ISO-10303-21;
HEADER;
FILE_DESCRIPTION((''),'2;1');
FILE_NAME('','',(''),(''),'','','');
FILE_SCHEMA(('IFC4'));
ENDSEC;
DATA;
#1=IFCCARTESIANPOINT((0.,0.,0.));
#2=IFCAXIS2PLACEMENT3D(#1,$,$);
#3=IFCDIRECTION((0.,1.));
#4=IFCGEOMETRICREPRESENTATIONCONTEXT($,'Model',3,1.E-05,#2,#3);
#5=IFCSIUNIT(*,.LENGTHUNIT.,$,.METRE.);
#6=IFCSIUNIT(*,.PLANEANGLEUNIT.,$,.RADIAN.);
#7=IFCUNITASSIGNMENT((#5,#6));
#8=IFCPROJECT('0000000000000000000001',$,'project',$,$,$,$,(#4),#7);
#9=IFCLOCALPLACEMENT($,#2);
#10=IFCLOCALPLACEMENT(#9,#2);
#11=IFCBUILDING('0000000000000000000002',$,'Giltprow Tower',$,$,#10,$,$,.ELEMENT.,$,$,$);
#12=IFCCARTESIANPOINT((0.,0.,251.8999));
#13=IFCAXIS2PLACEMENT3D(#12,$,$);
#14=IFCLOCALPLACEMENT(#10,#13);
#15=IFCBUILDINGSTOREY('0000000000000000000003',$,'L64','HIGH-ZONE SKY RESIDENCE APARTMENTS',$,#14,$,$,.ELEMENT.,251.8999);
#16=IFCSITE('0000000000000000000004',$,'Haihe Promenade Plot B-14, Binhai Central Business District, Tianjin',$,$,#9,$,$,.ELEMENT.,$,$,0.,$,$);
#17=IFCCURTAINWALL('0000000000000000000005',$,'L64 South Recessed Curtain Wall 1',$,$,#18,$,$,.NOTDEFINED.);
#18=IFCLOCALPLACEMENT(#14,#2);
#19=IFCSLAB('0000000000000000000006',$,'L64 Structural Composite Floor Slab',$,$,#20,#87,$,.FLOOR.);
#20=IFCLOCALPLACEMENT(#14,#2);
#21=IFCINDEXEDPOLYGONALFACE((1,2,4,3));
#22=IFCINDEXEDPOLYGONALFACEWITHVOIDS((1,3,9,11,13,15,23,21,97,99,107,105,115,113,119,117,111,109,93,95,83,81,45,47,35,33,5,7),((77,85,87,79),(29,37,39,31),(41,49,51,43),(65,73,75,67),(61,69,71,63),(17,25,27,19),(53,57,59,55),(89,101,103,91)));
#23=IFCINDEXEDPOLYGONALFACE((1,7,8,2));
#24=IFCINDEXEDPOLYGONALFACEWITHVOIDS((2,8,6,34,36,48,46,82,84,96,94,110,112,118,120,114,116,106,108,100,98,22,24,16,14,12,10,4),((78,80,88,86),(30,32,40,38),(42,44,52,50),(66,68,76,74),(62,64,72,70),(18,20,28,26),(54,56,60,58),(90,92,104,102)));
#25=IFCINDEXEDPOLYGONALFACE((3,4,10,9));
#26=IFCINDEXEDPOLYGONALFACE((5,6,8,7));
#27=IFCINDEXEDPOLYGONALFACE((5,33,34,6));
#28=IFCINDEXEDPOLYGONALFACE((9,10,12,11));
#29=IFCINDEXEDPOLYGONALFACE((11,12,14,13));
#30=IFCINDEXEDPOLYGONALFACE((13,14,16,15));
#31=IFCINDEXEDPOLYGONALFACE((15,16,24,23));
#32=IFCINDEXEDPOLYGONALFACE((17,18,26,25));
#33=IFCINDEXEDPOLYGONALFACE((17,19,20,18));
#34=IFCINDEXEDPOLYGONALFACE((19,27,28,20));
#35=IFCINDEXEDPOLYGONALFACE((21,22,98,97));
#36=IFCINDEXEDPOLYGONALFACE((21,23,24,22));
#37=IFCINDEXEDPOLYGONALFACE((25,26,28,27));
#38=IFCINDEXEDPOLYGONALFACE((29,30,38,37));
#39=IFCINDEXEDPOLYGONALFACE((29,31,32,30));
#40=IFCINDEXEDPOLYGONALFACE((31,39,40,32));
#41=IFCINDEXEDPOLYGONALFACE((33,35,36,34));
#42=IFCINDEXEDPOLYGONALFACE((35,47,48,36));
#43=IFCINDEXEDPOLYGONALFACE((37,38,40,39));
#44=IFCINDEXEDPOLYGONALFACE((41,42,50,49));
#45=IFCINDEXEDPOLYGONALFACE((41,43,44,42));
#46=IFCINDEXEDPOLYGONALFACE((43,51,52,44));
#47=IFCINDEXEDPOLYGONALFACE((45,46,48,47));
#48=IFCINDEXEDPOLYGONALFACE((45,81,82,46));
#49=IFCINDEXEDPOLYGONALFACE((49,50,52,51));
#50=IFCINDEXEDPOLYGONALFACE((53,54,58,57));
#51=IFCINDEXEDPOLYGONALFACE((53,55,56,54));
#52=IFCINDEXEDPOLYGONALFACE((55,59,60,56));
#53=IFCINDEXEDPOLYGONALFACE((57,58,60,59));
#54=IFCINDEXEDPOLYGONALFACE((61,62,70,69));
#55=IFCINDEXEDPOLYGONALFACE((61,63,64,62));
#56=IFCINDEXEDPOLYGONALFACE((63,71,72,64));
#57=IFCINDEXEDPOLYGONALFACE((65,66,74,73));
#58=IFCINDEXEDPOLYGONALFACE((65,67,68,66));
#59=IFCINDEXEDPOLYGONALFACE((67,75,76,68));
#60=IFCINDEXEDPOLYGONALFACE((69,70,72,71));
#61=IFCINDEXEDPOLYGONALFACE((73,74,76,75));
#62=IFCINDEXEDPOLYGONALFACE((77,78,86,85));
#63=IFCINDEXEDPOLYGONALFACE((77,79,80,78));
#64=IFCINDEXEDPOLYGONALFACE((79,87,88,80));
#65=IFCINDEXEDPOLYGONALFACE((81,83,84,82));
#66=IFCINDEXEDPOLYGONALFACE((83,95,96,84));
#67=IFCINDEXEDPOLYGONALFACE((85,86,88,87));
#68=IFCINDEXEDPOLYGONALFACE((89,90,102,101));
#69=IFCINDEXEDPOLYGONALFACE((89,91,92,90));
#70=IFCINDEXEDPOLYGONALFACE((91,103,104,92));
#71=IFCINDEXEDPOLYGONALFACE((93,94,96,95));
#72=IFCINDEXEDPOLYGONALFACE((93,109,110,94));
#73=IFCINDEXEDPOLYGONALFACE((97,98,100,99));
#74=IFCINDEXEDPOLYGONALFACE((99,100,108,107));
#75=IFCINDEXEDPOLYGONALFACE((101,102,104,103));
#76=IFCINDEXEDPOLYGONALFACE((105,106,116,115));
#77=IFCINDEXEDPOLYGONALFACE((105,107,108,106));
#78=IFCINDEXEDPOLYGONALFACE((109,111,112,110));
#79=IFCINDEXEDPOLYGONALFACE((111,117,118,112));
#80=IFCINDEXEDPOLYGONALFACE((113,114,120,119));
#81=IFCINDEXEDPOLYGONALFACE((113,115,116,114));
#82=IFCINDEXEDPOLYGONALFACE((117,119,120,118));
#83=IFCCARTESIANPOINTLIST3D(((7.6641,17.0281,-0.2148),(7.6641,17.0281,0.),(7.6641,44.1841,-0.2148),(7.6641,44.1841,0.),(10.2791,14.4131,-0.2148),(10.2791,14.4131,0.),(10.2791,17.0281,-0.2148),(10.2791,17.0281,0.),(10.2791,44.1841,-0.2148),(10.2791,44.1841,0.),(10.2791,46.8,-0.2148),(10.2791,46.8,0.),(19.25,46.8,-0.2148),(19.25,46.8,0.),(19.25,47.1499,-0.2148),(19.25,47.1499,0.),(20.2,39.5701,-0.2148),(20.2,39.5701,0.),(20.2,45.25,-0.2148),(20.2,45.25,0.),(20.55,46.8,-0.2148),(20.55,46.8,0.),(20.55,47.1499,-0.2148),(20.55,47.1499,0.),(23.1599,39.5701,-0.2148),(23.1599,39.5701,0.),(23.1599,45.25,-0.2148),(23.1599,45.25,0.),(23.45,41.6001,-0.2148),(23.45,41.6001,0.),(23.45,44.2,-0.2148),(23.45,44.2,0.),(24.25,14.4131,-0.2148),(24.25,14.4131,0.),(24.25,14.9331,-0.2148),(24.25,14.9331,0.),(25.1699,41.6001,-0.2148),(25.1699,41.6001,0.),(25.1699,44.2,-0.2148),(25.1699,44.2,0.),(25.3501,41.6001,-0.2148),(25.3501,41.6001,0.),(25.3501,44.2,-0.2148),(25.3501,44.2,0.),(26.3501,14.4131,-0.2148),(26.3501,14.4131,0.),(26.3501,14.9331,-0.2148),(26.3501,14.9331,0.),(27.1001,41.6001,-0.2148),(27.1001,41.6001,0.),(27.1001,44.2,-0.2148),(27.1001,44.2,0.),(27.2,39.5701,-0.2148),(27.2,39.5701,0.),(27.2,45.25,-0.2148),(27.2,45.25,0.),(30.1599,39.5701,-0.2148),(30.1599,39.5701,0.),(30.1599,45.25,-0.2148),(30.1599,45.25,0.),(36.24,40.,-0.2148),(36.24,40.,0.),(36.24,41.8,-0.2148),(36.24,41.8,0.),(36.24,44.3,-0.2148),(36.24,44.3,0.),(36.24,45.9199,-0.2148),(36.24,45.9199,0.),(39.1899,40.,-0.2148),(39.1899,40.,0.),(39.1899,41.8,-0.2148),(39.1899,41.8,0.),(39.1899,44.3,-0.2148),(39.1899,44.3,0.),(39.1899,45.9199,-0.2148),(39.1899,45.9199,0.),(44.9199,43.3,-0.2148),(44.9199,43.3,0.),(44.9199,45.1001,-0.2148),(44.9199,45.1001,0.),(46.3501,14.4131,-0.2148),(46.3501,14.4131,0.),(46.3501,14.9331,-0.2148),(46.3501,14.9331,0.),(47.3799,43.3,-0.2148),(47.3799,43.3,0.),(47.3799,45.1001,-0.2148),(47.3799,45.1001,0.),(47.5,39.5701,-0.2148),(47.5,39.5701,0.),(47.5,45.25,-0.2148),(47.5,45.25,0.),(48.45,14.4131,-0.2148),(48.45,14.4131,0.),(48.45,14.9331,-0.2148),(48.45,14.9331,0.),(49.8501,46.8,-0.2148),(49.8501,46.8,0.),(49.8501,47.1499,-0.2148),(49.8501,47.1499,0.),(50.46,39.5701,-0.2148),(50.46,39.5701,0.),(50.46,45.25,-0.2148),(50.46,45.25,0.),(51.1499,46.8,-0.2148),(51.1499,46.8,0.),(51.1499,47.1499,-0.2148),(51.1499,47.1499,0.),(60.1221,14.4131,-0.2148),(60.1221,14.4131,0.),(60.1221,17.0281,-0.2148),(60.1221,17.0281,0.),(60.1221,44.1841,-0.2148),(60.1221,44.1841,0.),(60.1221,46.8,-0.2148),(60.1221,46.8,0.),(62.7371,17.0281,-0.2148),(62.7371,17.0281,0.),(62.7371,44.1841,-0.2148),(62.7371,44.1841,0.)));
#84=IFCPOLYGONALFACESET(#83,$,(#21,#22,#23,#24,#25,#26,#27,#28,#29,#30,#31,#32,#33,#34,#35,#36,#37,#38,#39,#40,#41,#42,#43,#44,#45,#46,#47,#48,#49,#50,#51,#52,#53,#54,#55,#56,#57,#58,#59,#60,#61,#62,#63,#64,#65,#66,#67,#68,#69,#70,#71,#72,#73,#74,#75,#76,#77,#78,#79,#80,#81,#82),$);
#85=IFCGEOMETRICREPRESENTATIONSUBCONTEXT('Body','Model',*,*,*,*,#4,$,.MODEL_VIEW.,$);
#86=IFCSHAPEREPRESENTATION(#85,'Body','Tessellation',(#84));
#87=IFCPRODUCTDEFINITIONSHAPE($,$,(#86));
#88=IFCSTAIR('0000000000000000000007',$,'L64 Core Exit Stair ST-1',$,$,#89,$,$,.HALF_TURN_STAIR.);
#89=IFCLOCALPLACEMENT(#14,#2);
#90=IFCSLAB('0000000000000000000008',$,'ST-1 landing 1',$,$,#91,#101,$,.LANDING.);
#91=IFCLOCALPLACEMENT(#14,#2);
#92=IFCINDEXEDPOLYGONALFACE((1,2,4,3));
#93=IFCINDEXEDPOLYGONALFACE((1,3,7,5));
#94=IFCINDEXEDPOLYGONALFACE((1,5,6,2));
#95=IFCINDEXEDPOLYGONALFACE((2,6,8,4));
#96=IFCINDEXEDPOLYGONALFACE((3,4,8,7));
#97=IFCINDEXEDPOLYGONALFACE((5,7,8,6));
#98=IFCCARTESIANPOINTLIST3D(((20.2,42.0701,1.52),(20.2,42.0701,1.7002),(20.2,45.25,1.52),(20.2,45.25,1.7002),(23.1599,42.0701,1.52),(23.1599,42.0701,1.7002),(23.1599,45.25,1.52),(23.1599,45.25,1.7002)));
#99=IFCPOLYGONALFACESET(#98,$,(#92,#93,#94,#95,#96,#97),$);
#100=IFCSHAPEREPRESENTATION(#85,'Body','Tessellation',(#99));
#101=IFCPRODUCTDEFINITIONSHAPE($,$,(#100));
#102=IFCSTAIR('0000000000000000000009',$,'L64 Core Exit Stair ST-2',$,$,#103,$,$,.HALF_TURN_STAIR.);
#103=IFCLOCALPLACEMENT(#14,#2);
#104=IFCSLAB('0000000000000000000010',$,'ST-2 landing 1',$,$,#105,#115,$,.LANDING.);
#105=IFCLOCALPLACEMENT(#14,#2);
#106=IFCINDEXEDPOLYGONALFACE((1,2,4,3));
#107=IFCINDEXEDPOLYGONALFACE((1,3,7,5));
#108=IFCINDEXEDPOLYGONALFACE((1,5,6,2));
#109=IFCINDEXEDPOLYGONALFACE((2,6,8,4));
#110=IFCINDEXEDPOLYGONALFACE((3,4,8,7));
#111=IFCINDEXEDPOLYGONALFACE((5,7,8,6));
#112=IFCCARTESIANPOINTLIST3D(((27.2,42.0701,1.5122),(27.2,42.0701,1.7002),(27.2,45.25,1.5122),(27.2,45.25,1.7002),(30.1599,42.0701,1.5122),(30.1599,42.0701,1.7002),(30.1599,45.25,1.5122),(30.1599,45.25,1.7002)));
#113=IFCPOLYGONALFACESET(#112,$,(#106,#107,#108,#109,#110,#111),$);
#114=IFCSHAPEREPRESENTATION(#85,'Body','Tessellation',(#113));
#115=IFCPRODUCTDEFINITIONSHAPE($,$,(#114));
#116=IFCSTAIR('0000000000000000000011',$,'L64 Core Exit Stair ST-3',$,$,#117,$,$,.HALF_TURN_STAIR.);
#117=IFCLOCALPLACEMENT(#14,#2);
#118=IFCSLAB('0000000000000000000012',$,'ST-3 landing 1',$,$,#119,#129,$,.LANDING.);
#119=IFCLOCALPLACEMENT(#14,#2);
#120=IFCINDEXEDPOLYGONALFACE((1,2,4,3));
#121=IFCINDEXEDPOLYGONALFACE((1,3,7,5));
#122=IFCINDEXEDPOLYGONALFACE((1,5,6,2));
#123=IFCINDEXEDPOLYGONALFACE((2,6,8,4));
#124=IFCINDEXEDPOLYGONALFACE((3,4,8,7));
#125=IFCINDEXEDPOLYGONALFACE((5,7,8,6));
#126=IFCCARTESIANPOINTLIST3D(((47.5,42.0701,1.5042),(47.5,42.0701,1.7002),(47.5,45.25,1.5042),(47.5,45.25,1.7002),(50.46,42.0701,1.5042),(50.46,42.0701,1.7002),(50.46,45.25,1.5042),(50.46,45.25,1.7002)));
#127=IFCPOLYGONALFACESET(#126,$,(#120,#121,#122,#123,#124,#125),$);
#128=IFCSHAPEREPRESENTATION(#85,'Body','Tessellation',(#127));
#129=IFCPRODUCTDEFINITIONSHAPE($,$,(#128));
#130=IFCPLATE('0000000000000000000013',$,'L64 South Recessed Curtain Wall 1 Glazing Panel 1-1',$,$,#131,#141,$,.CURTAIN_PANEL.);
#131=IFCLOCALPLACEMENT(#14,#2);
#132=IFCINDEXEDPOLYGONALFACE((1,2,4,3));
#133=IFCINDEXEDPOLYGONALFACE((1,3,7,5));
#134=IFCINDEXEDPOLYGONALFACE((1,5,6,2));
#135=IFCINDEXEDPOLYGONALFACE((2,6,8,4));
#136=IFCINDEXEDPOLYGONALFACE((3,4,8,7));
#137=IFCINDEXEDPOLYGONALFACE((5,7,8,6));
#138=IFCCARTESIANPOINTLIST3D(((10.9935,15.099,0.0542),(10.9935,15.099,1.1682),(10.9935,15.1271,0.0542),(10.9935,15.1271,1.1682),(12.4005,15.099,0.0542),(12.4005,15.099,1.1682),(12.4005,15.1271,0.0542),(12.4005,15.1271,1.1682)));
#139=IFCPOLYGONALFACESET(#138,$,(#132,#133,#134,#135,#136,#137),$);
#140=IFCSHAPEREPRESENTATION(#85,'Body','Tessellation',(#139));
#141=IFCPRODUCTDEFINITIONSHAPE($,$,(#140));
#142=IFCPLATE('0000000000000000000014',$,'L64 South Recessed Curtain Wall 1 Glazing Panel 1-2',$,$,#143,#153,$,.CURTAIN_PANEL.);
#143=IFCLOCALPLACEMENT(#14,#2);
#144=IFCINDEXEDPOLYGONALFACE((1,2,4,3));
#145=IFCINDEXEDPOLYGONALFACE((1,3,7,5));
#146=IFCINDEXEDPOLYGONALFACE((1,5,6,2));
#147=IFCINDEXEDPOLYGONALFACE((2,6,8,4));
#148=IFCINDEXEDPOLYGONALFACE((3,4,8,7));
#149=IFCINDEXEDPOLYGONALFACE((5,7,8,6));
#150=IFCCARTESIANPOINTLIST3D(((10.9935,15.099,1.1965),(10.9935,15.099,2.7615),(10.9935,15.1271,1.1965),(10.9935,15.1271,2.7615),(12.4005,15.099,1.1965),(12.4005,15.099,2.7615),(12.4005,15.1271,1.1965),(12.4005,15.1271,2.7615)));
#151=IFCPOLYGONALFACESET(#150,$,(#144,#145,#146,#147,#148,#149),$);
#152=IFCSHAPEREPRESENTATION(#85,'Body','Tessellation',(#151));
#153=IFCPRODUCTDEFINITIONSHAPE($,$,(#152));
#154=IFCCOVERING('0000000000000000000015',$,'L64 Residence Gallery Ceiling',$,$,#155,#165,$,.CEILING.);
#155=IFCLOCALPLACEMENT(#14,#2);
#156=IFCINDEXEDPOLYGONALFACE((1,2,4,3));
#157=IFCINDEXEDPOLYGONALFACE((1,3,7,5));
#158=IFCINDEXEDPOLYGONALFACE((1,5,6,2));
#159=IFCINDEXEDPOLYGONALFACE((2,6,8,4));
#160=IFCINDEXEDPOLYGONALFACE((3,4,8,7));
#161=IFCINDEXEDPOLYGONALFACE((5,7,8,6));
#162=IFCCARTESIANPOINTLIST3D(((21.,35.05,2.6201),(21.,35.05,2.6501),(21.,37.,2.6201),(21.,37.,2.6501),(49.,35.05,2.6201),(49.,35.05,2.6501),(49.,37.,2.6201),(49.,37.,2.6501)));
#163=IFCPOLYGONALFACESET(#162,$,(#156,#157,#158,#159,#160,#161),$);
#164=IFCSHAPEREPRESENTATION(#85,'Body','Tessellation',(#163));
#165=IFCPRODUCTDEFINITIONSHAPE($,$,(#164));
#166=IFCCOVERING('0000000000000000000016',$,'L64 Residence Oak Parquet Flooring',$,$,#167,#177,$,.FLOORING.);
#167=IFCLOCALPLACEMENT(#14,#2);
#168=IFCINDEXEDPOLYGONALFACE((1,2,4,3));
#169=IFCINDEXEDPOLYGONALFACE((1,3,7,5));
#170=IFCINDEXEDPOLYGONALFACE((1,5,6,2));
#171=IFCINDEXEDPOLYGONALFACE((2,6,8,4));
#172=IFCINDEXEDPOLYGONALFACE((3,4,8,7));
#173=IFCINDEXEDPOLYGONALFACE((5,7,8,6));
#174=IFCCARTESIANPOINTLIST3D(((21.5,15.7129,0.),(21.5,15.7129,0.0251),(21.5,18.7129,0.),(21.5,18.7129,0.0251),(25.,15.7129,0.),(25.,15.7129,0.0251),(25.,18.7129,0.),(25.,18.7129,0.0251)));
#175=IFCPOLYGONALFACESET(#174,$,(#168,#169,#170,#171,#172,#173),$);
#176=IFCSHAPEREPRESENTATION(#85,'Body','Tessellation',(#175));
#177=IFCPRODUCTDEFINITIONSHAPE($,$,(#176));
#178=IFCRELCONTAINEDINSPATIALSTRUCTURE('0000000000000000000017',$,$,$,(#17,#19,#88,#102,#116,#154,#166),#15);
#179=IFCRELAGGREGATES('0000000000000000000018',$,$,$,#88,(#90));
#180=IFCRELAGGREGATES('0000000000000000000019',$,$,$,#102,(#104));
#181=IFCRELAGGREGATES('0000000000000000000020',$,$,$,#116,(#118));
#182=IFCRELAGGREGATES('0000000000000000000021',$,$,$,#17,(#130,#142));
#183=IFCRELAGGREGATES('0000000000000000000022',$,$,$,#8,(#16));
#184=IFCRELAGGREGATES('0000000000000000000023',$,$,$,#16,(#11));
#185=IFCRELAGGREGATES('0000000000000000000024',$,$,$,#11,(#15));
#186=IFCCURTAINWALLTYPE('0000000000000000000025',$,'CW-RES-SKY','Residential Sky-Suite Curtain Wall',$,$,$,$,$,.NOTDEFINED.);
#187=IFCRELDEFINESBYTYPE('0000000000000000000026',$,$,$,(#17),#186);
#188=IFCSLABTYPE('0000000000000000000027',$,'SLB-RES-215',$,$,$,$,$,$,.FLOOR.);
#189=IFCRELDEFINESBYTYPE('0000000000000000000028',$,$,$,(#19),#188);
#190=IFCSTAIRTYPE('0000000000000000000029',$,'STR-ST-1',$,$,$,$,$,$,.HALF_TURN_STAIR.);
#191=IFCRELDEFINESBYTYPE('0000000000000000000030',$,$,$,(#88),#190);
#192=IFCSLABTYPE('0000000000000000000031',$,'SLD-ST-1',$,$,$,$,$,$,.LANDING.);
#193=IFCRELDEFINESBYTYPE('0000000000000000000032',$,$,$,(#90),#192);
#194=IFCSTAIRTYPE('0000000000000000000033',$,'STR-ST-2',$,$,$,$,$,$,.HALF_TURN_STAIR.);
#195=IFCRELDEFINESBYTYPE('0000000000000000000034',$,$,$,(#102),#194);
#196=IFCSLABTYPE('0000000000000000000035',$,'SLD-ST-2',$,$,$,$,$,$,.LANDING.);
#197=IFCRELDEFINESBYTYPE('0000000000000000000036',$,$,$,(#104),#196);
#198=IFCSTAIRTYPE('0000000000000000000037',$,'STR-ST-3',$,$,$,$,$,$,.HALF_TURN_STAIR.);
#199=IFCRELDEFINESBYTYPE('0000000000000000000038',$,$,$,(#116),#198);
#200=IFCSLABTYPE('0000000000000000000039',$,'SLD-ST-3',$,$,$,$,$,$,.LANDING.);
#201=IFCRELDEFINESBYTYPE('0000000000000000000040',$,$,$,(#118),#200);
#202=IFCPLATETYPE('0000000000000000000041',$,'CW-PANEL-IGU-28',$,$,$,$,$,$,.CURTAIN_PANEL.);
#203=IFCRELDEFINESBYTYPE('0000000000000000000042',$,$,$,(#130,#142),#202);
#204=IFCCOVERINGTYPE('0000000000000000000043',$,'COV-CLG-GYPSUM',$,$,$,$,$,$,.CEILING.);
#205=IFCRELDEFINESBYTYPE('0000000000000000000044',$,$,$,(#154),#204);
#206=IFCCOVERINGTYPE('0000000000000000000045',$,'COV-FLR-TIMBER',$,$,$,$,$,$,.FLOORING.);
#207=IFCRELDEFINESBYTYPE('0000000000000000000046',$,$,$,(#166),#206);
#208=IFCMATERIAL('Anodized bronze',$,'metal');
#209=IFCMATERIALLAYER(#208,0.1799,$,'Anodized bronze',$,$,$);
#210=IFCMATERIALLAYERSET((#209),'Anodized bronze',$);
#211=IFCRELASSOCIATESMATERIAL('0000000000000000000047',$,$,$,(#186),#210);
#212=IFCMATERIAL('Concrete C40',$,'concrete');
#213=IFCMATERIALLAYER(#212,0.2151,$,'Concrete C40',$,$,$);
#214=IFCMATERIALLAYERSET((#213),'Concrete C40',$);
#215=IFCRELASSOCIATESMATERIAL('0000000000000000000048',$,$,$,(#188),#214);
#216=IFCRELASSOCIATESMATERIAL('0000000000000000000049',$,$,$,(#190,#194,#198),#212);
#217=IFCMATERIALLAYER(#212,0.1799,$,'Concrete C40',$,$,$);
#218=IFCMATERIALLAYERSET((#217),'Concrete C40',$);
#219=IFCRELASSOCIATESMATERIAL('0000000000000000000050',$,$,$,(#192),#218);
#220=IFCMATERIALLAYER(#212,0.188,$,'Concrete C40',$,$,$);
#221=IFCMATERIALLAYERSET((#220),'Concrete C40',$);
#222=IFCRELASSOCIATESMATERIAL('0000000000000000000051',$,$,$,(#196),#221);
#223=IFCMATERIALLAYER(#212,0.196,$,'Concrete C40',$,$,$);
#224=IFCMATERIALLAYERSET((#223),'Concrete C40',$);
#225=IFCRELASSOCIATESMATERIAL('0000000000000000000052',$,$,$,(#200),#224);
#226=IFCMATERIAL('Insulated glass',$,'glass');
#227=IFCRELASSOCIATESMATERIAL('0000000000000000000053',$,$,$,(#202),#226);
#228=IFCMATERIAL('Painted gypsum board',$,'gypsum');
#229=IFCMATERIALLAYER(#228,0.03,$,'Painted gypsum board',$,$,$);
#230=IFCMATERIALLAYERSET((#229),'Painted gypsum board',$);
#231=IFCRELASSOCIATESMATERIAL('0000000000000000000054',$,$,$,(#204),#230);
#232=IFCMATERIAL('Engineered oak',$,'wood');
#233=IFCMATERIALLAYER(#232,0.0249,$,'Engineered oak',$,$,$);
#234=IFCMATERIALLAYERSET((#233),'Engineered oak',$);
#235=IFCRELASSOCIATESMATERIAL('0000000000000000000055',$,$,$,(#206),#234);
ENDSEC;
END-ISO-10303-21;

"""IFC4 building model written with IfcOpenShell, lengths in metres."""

from ifc_helpers import new_model, si_unit, direction, frame, origin, origin_2d, place, context, subcontext, project, spatial, polyline, rectangle, outline, extrude, source, transform, mapped, material, layer, layer_set, type_object, element, aggregate, save


model = new_model("IFC4")

# Units and contexts
model_context = context("Model", 3, precision=1e-05, world=origin(), true_north=direction((0.0, 1.0)))
body_context = subcontext(model_context, "Body", "Model", "MODEL_VIEW")
ifc_project = project(units=[si_unit("LENGTHUNIT", "METRE"), si_unit("PLANEANGLEUNIT", "RADIAN")], contexts=[model_context])

# Site, building, storey
site_placement = place(None, origin())
site = spatial("IfcSite", under=ifc_project, at=site_placement, Name="Haihe Promenade Plot B-14, Binhai Central Business District, Tianjin", CompositionType="ELEMENT", RefElevation=0.0)
building_placement = place(site_placement, origin())
building = spatial("IfcBuilding", under=site, at=building_placement, Name="Giltprow Tower", CompositionType="ELEMENT")
storey_placement = place(building_placement, frame((0.0, 0.0, 251.8999)))
storey = spatial("IfcBuildingStorey", under=building, at=storey_placement, Name="L64", Description="HIGH-ZONE SKY RESIDENCE APARTMENTS", CompositionType="ELEMENT", Elevation=251.8999)

# Curtain wall
ifc_material_1 = material(Name="Anodized bronze", Category="metal")
ifc_layer_1 = layer(ifc_material_1, 0.1799, Name="Anodized bronze")
ifc_layer_set_1 = layer_set([ifc_layer_1], Name="Anodized bronze")
curtain_wall_type = type_object("IfcCurtainWallType", Name="CW-RES-SKY", Description="Residential Sky-Suite Curtain Wall", PredefinedType="NOTDEFINED", material=ifc_layer_set_1)
curtain_wall_placement = place(storey_placement, origin())
curtain_wall = element("IfcCurtainWall", 1, at=curtain_wall_placement, inside=storey, type_object=curtain_wall_type, Name="L64 South Recessed Curtain Wall 1", PredefinedType="NOTDEFINED")

# Slab
ifc_material_2 = material(Name="Concrete C40", Category="concrete")
ifc_layer_2 = layer(ifc_material_2, 0.2151, Name="Concrete C40")
ifc_layer_set_2 = layer_set([ifc_layer_2], Name="Concrete C40")
slab_type_1 = type_object("IfcSlabType", Name="SLB-RES-215", PredefinedType="FLOOR", material=ifc_layer_set_2)
slab_1_placement = place(storey_placement, frame((0.0, 0.0, -0.2148)))
element("IfcSlab", 2, at=slab_1_placement, inside=storey, type_object=slab_type_1, Name="L64 Structural Composite Floor Slab", PredefinedType="FLOOR", context=body_context, shape_type="SweptSolid", body=[
    extrude(outline(polyline([(62.7371, 44.1841), (62.7371, 17.0281), (60.1221, 17.0281), (60.1221, 14.4131), (48.45, 14.4131), (48.45, 14.9331), (46.3501, 14.9331), (46.3501, 14.4131), (26.3501, 14.4131), (26.3501, 14.9331), (24.25, 14.9331), (24.25, 14.4131), (10.2791, 14.4131), (10.2791, 17.0281), (7.6641, 17.0281), (7.6641, 44.1841), (10.2791, 44.1841), (10.2791, 46.8), (19.25, 46.8), (19.25, 47.1499), (20.55, 47.1499), (20.55, 46.8), (49.8501, 46.8), (49.8501, 47.1499), (51.1499, 47.1499), (51.1499, 46.8), (60.1221, 46.8), (60.1221, 44.1841), (62.7371, 44.1841)]), holes=[polyline([(39.1899, 41.8), (36.24, 41.8), (36.24, 40.0), (39.1899, 40.0), (39.1899, 41.8)]), polyline([(23.1599, 39.5701), (23.1599, 45.25), (20.2, 45.25), (20.2, 39.5701), (23.1599, 39.5701)]), polyline([(30.1599, 39.5701), (30.1599, 45.25), (27.2, 45.25), (27.2, 39.5701), (30.1599, 39.5701)]), polyline([(50.46, 45.25), (47.5, 45.25), (47.5, 39.5701), (50.46, 39.5701), (50.46, 45.25)]), polyline([(25.1699, 44.2), (23.45, 44.2), (23.45, 41.6001), (25.1699, 41.6001), (25.1699, 44.2)]), polyline([(27.1001, 44.2), (25.3501, 44.2), (25.3501, 41.6001), (27.1001, 41.6001), (27.1001, 44.2)]), polyline([(47.3799, 43.3), (47.3799, 45.1001), (44.9199, 45.1001), (44.9199, 43.3), (47.3799, 43.3)]), polyline([(39.1899, 44.3), (39.1899, 45.9199), (36.24, 45.9199), (36.24, 44.3), (39.1899, 44.3)])]), origin(), (0.0, 0.0, 1.0), 0.2148),
])

# Stairs, slabs
stair_type_1 = type_object("IfcStairType", Name="STR-ST-1", PredefinedType="HALF_TURN_STAIR", material=ifc_material_2)
stair_1_placement = place(storey_placement, origin())
stair_1 = element("IfcStair", 3, at=stair_1_placement, inside=storey, type_object=stair_type_1, Name="L64 Core Exit Stair ST-1", PredefinedType="HALF_TURN_STAIR")
ifc_layer_3 = layer(ifc_material_2, 0.1799, Name="Concrete C40")
ifc_layer_set_3 = layer_set([ifc_layer_3], Name="Concrete C40")
slab_type_2 = type_object("IfcSlabType", Name="SLD-ST-1", PredefinedType="LANDING", material=ifc_layer_set_3)
slab_2_placement = place(storey_placement, frame((0.0, 0.0, 1.52)))
slab_2 = element("IfcSlab", 4, at=slab_2_placement, type_object=slab_type_2, Name="ST-1 landing 1", PredefinedType="LANDING", context=body_context, shape_type="SweptSolid", body=[
    extrude(outline(polyline([(23.1599, 42.0701), (23.1599, 45.25), (20.2, 45.25), (20.2, 42.0701), (23.1599, 42.0701)])), origin(), (0.0, 0.0, 1.0), 0.1802),
])
aggregate(stair_1, [slab_2])
stair_type_2 = type_object("IfcStairType", Name="STR-ST-2", PredefinedType="HALF_TURN_STAIR", material=ifc_material_2)
stair_2_placement = place(storey_placement, origin())
stair_2 = element("IfcStair", 5, at=stair_2_placement, inside=storey, type_object=stair_type_2, Name="L64 Core Exit Stair ST-2", PredefinedType="HALF_TURN_STAIR")
ifc_layer_4 = layer(ifc_material_2, 0.188, Name="Concrete C40")
ifc_layer_set_4 = layer_set([ifc_layer_4], Name="Concrete C40")
slab_type_3 = type_object("IfcSlabType", Name="SLD-ST-2", PredefinedType="LANDING", material=ifc_layer_set_4)
slab_3_placement = place(storey_placement, frame((0.0, 0.0, 1.5122)))
slab_3 = element("IfcSlab", 6, at=slab_3_placement, type_object=slab_type_3, Name="ST-2 landing 1", PredefinedType="LANDING", context=body_context, shape_type="SweptSolid", body=[
    extrude(outline(polyline([(30.1599, 42.0701), (30.1599, 45.25), (27.2, 45.25), (27.2, 42.0701), (30.1599, 42.0701)])), origin(), (0.0, 0.0, 1.0), 0.188),
])
aggregate(stair_2, [slab_3])
stair_type_3 = type_object("IfcStairType", Name="STR-ST-3", PredefinedType="HALF_TURN_STAIR", material=ifc_material_2)
stair_3_placement = place(storey_placement, origin())
stair_3 = element("IfcStair", 7, at=stair_3_placement, inside=storey, type_object=stair_type_3, Name="L64 Core Exit Stair ST-3", PredefinedType="HALF_TURN_STAIR")
ifc_layer_5 = layer(ifc_material_2, 0.196, Name="Concrete C40")
ifc_layer_set_5 = layer_set([ifc_layer_5], Name="Concrete C40")
slab_type_4 = type_object("IfcSlabType", Name="SLD-ST-3", PredefinedType="LANDING", material=ifc_layer_set_5)
slab_4_placement = place(storey_placement, frame((0.0, 0.0, 1.5042)))
slab_4 = element("IfcSlab", 8, at=slab_4_placement, type_object=slab_type_4, Name="ST-3 landing 1", PredefinedType="LANDING", context=body_context, shape_type="SweptSolid", body=[
    extrude(outline(polyline([(50.46, 42.0701), (50.46, 45.25), (47.5, 45.25), (47.5, 42.0701), (50.46, 42.0701)])), origin(), (0.0, 0.0, 1.0), 0.196),
])
aggregate(stair_3, [slab_4])

# Plates
ifc_material_3 = material(Name="Insulated glass", Category="glass")
plate_type = type_object("IfcPlateType", Name="CW-PANEL-IGU-28", PredefinedType="CURTAIN_PANEL", material=ifc_material_3)
shared_shape_1 = source(origin(), body_context, "Body", "SweptSolid", [
    extrude(rectangle(XDim=1.407, YDim=0.0281, at=origin_2d()), origin(), (0.0, 0.0, 1.0), 1.114),
])
plate_1_placement = place(storey_placement, frame((11.697, 15.113, 0.0542), z_axis=(0.0, 0.0, 1.0), x_axis=(1.0, 0.0, 0.0)))
plate_1 = element("IfcPlate", 9, at=plate_1_placement, type_object=plate_type, Name="L64 South Recessed Curtain Wall 1 Glazing Panel 1-1", PredefinedType="CURTAIN_PANEL", context=body_context, shape_type="MappedRepresentation", body=[
    mapped(shared_shape_1, transform((0.0, 0.0, 0.0), x_axis=(1.0, 0.0, 0.0), y_axis=(0.0, 1.0, 0.0), z_axis=(0.0, 0.0, 1.0), scale=1.0)),
])
shared_shape_2 = source(origin(), body_context, "Body", "SweptSolid", [
    extrude(rectangle(XDim=1.407, YDim=0.0281, at=origin_2d()), origin(), (0.0, 0.0, 1.0), 1.5649),
])
plate_2_placement = place(storey_placement, frame((11.697, 15.113, 1.1965), z_axis=(0.0, 0.0, 1.0), x_axis=(1.0, 0.0, 0.0)))
plate_2 = element("IfcPlate", 10, at=plate_2_placement, type_object=plate_type, Name="L64 South Recessed Curtain Wall 1 Glazing Panel 1-2", PredefinedType="CURTAIN_PANEL", context=body_context, shape_type="MappedRepresentation", body=[
    mapped(shared_shape_2, transform((0.0, 0.0, 0.0), x_axis=(1.0, 0.0, 0.0), y_axis=(0.0, 1.0, 0.0), z_axis=(0.0, 0.0, 1.0), scale=1.0)),
])
aggregate(curtain_wall, [plate_1, plate_2])

# Coverings
ifc_material_4 = material(Name="Painted gypsum board", Category="gypsum")
ifc_layer_6 = layer(ifc_material_4, 0.03, Name="Painted gypsum board")
ifc_layer_set_6 = layer_set([ifc_layer_6], Name="Painted gypsum board")
covering_type_1 = type_object("IfcCoveringType", Name="COV-CLG-GYPSUM", PredefinedType="CEILING", material=ifc_layer_set_6)
covering_1_placement = place(storey_placement, frame((0.0, 0.0, 2.6201)))
element("IfcCovering", 11, at=covering_1_placement, inside=storey, type_object=covering_type_1, Name="L64 Residence Gallery Ceiling", PredefinedType="CEILING", context=body_context, shape_type="SweptSolid", body=[
    extrude(outline(polyline([(21.0, 35.05), (49.0, 35.05), (49.0, 37.0), (21.0, 37.0), (21.0, 35.05)])), origin(), (0.0, 0.0, 1.0), 0.03),
])
ifc_material_5 = material(Name="Engineered oak", Category="wood")
ifc_layer_7 = layer(ifc_material_5, 0.0249, Name="Engineered oak")
ifc_layer_set_7 = layer_set([ifc_layer_7], Name="Engineered oak")
covering_type_2 = type_object("IfcCoveringType", Name="COV-FLR-TIMBER", PredefinedType="FLOORING", material=ifc_layer_set_7)
covering_2_placement = place(storey_placement, origin())
element("IfcCovering", 12, at=covering_2_placement, inside=storey, type_object=covering_type_2, Name="L64 Residence Oak Parquet Flooring", PredefinedType="FLOORING", context=body_context, shape_type="SweptSolid", body=[
    extrude(outline(polyline([(21.5, 15.7129), (25.0, 15.7129), (25.0, 18.7129), (21.5, 18.7129), (21.5, 15.7129)])), origin(), (0.0, 0.0, 1.0), 0.0251),
])

save(model, "model.ifc")
